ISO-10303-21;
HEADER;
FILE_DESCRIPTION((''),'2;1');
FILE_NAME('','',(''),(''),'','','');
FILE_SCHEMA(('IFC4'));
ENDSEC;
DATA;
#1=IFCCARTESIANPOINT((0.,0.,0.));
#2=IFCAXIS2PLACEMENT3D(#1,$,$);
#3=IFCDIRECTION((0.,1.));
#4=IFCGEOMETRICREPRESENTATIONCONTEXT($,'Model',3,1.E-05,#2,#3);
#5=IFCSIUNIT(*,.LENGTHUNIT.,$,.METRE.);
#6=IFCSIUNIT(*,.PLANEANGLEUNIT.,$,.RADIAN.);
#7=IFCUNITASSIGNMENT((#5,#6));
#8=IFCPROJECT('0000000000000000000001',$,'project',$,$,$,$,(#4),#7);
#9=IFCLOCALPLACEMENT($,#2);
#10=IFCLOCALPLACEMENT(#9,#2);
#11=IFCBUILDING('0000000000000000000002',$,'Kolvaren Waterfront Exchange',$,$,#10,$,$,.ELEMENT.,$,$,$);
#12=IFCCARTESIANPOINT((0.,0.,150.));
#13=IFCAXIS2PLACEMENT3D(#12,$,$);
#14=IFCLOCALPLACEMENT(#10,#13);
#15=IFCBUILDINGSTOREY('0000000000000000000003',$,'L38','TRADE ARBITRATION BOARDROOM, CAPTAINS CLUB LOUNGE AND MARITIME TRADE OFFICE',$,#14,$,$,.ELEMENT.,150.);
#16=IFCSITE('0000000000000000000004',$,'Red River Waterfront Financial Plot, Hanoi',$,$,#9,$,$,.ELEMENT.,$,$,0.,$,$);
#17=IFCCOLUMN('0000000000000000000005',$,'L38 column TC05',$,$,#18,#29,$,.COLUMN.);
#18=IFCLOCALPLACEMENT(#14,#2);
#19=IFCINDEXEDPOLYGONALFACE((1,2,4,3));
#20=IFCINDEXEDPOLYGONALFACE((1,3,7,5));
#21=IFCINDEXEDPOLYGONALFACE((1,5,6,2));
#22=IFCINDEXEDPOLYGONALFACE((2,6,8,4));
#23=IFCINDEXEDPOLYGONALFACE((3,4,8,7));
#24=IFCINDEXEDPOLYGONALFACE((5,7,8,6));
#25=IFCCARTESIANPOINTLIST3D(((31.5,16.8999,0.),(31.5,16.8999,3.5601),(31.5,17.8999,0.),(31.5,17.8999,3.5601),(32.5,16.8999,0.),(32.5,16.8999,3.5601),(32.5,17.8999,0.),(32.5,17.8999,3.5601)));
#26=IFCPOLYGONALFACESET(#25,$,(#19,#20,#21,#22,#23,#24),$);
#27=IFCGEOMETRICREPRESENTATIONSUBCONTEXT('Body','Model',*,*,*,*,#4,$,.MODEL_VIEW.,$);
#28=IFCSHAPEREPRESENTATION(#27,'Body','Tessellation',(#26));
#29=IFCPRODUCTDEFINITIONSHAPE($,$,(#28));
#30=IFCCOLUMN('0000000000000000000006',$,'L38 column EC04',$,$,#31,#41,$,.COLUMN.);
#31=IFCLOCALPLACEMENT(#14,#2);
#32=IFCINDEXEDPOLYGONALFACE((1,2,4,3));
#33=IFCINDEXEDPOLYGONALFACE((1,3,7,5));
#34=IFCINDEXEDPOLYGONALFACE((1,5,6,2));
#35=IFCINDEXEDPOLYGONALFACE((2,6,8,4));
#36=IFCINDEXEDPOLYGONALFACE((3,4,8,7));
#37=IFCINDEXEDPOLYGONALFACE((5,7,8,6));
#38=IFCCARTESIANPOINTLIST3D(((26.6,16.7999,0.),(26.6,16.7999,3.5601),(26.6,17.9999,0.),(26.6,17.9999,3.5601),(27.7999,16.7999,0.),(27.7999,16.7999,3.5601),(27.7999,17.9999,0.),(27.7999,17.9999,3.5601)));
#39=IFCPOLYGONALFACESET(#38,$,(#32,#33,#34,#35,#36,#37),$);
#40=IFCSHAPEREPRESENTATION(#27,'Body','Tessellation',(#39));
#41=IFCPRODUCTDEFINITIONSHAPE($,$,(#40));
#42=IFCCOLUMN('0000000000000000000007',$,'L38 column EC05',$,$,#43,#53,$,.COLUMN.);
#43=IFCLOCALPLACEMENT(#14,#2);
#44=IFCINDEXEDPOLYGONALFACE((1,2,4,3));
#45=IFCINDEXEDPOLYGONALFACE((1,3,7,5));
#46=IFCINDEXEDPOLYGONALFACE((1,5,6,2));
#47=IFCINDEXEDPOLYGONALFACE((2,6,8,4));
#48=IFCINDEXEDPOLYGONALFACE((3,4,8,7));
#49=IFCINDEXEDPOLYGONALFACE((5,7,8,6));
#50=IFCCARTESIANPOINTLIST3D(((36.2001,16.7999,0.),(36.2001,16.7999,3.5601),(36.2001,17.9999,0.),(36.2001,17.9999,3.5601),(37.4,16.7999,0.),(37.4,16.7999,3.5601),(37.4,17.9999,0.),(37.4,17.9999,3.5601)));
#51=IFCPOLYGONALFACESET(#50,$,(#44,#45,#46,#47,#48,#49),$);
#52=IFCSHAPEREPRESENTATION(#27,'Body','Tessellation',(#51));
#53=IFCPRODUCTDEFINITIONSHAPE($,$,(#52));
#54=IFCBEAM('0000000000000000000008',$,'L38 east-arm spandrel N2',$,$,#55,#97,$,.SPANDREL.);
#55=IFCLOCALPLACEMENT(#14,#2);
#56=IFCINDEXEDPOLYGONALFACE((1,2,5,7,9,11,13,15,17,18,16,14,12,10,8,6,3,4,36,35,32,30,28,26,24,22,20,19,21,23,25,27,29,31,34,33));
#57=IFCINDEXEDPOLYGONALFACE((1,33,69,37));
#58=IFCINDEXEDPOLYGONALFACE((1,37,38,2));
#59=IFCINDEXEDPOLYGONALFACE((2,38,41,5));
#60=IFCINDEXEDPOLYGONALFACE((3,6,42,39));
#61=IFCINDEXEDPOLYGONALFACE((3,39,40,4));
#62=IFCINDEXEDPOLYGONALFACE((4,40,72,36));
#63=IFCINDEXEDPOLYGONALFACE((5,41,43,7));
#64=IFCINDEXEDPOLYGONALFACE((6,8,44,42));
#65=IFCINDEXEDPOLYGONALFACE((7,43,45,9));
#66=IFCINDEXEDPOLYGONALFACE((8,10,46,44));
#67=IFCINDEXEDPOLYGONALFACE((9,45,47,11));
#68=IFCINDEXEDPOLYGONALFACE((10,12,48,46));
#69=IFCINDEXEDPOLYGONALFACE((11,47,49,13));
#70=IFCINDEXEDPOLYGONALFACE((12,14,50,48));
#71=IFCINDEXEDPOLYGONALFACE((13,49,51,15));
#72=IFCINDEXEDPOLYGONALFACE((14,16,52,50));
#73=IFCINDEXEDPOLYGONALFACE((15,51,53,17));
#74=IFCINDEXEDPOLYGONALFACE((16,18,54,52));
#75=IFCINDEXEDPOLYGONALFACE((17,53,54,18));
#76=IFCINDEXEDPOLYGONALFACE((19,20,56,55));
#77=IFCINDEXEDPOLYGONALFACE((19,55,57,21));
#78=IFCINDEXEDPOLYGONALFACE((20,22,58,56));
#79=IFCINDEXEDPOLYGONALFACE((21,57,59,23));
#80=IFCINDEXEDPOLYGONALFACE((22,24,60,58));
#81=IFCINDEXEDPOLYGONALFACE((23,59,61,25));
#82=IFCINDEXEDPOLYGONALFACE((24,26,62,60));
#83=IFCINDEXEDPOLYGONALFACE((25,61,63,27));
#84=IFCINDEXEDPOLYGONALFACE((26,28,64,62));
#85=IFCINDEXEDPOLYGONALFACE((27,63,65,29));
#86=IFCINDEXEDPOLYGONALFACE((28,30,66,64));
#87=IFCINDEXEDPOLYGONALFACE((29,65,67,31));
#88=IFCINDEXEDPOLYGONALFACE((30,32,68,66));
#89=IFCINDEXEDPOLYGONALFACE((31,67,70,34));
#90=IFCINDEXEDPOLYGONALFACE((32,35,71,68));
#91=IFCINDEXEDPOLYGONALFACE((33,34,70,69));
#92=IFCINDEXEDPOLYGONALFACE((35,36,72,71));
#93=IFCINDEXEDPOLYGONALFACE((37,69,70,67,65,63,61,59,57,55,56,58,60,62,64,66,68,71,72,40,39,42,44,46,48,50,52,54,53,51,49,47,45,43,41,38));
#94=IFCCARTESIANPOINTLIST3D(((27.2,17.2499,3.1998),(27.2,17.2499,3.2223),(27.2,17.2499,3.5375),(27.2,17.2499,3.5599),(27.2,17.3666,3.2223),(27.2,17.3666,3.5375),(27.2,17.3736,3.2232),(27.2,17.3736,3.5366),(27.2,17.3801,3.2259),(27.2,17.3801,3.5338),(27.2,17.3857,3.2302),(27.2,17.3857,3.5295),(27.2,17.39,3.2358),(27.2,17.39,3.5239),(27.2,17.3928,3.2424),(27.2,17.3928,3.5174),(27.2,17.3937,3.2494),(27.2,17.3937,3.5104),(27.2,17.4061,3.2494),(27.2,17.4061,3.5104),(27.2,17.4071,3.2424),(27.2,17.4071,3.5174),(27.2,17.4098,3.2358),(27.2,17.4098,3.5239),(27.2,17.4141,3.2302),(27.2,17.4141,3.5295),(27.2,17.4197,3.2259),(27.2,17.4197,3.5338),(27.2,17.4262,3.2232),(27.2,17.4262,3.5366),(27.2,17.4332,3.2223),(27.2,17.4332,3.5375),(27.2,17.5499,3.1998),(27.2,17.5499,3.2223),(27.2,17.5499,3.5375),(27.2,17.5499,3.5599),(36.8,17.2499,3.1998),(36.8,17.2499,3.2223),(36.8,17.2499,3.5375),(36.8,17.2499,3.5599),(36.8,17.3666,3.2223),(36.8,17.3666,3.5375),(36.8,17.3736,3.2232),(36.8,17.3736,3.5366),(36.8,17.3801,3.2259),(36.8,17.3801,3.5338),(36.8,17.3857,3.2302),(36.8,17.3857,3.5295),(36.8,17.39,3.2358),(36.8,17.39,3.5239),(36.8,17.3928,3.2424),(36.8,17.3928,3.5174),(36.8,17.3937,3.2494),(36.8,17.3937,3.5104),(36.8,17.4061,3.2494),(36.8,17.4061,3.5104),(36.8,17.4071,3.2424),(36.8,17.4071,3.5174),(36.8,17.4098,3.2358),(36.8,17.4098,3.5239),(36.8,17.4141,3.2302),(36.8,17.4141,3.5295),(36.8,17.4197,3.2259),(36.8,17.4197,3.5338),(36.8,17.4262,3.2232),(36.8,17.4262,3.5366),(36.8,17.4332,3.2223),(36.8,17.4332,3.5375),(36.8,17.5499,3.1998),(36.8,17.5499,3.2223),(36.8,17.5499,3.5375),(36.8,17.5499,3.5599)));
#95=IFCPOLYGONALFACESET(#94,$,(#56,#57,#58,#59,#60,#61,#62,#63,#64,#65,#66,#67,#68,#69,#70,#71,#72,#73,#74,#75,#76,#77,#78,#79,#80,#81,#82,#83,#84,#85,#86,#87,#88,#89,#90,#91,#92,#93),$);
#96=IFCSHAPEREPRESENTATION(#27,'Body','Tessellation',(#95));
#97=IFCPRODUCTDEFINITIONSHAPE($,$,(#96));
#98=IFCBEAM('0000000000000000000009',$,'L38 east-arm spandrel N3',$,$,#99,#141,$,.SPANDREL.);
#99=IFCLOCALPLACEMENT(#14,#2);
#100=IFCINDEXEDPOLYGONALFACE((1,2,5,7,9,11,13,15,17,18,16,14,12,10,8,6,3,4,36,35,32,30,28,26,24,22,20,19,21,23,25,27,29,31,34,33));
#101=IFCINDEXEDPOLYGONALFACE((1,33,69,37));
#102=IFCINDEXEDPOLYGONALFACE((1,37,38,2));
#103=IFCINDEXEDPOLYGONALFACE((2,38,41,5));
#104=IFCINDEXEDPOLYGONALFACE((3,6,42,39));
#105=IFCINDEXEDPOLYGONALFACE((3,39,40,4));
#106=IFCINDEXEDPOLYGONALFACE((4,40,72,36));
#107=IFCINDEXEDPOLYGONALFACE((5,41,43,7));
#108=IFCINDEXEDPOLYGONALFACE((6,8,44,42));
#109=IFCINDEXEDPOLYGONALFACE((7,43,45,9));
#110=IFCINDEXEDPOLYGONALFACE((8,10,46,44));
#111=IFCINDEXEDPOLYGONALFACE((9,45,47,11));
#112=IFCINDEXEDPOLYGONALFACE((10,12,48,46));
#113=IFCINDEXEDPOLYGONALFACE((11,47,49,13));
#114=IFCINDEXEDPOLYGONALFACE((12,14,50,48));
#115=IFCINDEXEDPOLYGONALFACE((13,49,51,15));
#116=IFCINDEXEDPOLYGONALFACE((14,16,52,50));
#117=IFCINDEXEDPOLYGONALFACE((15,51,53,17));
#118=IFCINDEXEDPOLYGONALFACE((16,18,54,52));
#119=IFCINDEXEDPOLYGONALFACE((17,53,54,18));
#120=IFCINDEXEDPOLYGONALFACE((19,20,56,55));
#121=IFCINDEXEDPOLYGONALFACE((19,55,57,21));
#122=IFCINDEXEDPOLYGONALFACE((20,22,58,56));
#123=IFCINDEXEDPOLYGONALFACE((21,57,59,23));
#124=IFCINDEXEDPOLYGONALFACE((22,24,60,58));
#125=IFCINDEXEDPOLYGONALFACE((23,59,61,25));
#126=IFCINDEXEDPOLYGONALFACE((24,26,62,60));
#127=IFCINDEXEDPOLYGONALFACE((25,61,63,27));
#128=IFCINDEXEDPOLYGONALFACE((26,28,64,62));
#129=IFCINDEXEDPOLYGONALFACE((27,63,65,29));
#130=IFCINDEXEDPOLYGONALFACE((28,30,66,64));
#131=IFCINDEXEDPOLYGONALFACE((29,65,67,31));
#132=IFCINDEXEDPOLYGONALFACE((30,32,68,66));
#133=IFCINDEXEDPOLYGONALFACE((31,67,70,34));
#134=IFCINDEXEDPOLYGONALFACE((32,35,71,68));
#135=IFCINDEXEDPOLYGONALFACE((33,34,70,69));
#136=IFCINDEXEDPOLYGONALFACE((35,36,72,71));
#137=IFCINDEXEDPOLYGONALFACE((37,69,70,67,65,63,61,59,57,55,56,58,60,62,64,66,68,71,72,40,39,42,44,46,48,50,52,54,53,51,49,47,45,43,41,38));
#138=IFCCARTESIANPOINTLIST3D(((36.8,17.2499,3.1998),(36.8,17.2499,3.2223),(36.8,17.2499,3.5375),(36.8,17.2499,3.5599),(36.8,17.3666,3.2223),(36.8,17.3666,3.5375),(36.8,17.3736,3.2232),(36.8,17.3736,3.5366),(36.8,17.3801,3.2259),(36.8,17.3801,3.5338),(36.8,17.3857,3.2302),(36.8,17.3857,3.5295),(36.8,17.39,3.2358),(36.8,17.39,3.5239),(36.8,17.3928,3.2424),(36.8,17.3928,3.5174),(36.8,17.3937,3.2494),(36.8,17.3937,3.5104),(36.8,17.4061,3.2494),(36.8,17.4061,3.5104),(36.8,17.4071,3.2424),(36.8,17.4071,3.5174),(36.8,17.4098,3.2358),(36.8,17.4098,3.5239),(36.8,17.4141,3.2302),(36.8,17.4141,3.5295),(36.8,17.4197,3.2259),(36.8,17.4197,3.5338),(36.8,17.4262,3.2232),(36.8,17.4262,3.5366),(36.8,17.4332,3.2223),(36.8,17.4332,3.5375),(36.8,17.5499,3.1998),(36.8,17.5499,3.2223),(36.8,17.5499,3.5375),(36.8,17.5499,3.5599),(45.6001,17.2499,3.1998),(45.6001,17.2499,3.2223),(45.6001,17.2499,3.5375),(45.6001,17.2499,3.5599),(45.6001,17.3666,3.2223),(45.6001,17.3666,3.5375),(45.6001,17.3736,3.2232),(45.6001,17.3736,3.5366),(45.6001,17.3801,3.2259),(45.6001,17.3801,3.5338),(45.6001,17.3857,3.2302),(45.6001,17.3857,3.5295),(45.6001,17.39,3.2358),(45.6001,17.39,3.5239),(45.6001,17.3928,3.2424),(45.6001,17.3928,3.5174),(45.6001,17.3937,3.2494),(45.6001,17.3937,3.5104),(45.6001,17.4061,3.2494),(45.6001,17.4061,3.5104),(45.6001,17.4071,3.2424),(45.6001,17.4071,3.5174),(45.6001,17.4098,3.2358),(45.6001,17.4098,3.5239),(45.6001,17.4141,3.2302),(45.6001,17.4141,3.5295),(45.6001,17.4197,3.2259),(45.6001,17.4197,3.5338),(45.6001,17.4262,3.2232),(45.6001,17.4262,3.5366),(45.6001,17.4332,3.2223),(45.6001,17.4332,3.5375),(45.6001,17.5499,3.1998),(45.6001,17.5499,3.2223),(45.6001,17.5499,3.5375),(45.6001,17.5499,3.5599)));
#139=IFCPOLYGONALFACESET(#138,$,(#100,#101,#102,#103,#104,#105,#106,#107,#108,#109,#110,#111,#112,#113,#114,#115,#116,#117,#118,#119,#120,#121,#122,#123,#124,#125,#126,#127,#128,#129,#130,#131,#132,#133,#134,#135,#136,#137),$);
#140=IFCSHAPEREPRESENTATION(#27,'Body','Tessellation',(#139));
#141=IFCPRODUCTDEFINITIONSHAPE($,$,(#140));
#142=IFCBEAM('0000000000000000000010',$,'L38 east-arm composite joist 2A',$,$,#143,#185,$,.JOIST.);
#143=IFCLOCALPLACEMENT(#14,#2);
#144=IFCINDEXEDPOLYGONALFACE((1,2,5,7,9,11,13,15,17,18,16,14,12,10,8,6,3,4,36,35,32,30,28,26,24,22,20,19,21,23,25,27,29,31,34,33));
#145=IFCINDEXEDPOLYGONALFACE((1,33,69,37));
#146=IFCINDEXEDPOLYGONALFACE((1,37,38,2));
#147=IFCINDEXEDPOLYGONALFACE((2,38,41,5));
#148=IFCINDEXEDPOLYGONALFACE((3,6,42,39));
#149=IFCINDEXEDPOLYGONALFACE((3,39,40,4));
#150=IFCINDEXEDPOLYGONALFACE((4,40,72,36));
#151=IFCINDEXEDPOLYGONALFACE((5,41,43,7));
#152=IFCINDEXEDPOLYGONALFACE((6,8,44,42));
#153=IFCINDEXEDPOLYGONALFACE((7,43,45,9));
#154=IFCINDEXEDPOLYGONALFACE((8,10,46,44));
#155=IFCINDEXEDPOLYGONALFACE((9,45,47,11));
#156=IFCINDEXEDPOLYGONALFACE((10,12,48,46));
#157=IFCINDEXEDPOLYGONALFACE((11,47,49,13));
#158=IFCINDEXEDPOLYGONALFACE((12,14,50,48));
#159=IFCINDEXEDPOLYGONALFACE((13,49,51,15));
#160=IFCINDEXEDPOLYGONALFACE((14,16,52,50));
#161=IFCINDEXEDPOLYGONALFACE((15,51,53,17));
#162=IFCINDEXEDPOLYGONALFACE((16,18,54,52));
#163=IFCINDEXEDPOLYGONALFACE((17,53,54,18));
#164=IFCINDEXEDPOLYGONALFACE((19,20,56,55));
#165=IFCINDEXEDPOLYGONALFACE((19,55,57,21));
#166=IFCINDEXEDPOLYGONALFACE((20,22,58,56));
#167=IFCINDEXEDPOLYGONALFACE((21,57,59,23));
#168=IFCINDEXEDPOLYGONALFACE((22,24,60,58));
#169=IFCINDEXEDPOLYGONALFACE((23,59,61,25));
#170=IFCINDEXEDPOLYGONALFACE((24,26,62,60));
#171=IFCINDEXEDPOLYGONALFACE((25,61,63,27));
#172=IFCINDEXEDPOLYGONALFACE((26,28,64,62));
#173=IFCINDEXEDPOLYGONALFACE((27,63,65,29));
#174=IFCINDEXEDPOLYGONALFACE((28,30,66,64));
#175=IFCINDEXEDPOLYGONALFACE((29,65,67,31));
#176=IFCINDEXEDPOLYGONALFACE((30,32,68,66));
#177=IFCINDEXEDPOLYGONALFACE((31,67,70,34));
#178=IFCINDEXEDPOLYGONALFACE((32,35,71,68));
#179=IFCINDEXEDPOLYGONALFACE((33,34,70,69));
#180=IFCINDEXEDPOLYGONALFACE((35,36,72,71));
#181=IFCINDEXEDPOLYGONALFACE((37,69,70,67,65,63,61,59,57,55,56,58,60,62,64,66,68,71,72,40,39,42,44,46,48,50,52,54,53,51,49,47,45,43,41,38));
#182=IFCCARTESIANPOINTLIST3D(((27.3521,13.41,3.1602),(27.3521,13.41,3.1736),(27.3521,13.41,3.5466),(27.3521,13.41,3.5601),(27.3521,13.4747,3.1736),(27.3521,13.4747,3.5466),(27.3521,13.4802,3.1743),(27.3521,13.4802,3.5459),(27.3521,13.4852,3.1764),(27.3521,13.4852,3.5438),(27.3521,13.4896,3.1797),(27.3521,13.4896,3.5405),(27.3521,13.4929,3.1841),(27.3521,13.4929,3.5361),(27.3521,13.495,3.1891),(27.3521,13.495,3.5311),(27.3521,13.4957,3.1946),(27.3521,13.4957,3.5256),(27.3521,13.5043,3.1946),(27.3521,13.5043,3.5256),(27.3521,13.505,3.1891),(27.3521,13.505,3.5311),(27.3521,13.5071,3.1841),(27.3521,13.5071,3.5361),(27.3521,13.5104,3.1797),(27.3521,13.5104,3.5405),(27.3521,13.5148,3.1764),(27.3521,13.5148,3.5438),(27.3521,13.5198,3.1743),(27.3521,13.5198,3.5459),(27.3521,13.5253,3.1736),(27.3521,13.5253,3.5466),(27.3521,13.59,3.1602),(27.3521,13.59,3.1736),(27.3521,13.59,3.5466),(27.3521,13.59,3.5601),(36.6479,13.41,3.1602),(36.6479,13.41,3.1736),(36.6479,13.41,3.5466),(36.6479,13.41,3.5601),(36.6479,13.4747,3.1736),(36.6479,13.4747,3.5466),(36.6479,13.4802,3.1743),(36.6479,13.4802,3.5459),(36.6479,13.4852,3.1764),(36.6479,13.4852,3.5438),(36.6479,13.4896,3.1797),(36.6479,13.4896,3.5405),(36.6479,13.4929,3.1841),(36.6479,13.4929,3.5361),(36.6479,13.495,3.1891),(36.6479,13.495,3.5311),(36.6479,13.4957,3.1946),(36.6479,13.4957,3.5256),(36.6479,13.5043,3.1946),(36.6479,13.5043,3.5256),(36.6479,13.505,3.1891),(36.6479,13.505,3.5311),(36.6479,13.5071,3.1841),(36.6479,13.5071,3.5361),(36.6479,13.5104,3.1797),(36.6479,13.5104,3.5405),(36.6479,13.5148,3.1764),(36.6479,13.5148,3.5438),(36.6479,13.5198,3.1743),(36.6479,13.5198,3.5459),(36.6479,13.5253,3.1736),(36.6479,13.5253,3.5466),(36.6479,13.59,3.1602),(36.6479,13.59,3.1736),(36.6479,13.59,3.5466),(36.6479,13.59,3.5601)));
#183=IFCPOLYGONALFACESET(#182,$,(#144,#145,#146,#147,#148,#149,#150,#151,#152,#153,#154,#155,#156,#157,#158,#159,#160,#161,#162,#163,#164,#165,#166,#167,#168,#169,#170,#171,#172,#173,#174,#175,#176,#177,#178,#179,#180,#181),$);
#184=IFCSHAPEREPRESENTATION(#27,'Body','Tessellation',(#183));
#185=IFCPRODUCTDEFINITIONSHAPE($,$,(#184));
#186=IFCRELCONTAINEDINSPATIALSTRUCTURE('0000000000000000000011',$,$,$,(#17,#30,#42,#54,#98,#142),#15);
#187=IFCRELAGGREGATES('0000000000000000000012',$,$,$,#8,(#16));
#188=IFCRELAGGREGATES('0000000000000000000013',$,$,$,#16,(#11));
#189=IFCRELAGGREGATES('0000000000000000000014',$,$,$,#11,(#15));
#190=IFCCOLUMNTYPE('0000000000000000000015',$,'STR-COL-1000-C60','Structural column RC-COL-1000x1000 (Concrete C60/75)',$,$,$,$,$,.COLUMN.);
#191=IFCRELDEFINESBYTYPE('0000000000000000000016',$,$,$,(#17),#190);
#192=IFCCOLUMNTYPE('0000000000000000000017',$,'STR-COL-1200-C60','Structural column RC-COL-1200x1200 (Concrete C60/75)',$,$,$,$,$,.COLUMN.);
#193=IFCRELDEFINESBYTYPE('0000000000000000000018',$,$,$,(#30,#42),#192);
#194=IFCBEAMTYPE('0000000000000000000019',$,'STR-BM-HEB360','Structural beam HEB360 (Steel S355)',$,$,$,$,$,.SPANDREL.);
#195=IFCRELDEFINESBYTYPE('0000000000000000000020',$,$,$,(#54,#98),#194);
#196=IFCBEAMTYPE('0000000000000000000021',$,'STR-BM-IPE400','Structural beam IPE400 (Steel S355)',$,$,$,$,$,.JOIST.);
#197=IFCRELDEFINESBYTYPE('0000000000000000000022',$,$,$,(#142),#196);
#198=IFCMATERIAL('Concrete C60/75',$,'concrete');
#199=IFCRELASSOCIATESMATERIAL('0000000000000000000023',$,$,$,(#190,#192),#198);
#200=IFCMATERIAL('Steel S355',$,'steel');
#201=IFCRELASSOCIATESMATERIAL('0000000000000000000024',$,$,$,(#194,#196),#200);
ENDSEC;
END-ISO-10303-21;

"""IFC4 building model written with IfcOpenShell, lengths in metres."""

from ifc_helpers import new_model, si_unit, direction, frame, origin, origin_2d, place, context, subcontext, project, spatial, rectangle, i_section, extrude, material, material_profile, profile_set, type_object, element, save


model = new_model("IFC4")

# Units and contexts
model_context = context("Model", 3, precision=1e-05, world=origin(), true_north=direction((0.0, 1.0)))
body_context = subcontext(model_context, "Body", "Model", "MODEL_VIEW")
ifc_project = project(units=[si_unit("LENGTHUNIT", "METRE"), si_unit("PLANEANGLEUNIT", "RADIAN")], contexts=[model_context])

# Site, building, storey
site_placement = place(None, origin())
site = spatial("IfcSite", under=ifc_project, at=site_placement, Name="Red River Waterfront Financial Plot, Hanoi", CompositionType="ELEMENT", RefElevation=0.0)
building_placement = place(site_placement, origin())
building = spatial("IfcBuilding", under=site, at=building_placement, Name="Kolvaren Waterfront Exchange", CompositionType="ELEMENT")
storey_placement = place(building_placement, frame((0.0, 0.0, 150.0)))
storey = spatial("IfcBuildingStorey", under=building, at=storey_placement, Name="L38", Description="TRADE ARBITRATION BOARDROOM, CAPTAINS CLUB LOUNGE AND MARITIME TRADE OFFICE", CompositionType="ELEMENT", Elevation=150.0)

# Columns
ifc_material_1 = material(Name="Concrete C60/75", Category="concrete")
ifc_material_profile_1 = material_profile(ifc_material_1, rectangle(XDim=1.0, YDim=1.0, at=origin_2d()), Name="RC-COL-1000x1000")
ifc_profile_set_1 = profile_set([ifc_material_profile_1], Name="Concrete C60/75")
column_type_1 = type_object("IfcColumnType", Name="STR-COL-1000-C60", Description="Structural column RC-COL-1000x1000 (Concrete C60/75)", PredefinedType="COLUMN", material=ifc_profile_set_1)
column_placement = place(storey_placement, frame((32.0, 17.3999, 0.0), z_axis=(0.0, 0.0, 1.0), x_axis=(1.0, 0.0, 0.0)))
element("IfcColumn", 1, at=column_placement, inside=storey, type_object=column_type_1, Name="L38 column TC05", PredefinedType="COLUMN", context=body_context, shape_type="SweptSolid", body=[
    extrude(rectangle(XDim=1.0, YDim=1.0, at=origin_2d()), origin(), (0.0, 0.0, 1.0), 3.5601),
])
ifc_material_profile_2 = material_profile(ifc_material_1, rectangle(XDim=1.2, YDim=1.2, at=origin_2d()), Name="RC-COL-1200x1200")
ifc_profile_set_2 = profile_set([ifc_material_profile_2], Name="Concrete C60/75")
column_type_2 = type_object("IfcColumnType", Name="STR-COL-1200-C60", Description="Structural column RC-COL-1200x1200 (Concrete C60/75)", PredefinedType="COLUMN", material=ifc_profile_set_2)
for number, where, z_axis, x_axis, name in (
    (2, (27.2, 17.3999, 0.0), (0.0, 0.0, 1.0), (1.0, 0.0, 0.0), "L38 column EC04"),
    (3, (36.8, 17.3999, 0.0), (0.0, 0.0, 1.0), (1.0, 0.0, 0.0), "L38 column EC05"),
):
    element("IfcColumn", number, at=place(storey_placement, frame(where, z_axis=z_axis, x_axis=x_axis)), inside=storey, type_object=column_type_2, Name=name, PredefinedType="COLUMN", context=body_context, shape_type="SweptSolid", body=[
        extrude(rectangle(XDim=1.2, YDim=1.2, at=origin_2d()), origin(), (0.0, 0.0, 1.0), 3.5601),
    ])

# Beams
ifc_material_2 = material(Name="Steel S355", Category="steel")
ifc_material_profile_3 = material_profile(ifc_material_2, i_section(OverallWidth=0.3, OverallDepth=0.3601, WebThickness=0.0125, FlangeThickness=0.0225, FilletRadius=0.0271, at=origin_2d()), Name="HEB360")
ifc_profile_set_3 = profile_set([ifc_material_profile_3], Name="Steel S355")
beam_type_1 = type_object("IfcBeamType", Name="STR-BM-HEB360", Description="Structural beam HEB360 (Steel S355)", PredefinedType="SPANDREL", material=ifc_profile_set_3)
beam_1_placement = place(storey_placement, frame((27.2, 17.3999, 3.3799), z_axis=(1.0, 0.0, 0.0), x_axis=(0.0, 1.0, 0.0)))
element("IfcBeam", 4, at=beam_1_placement, inside=storey, type_object=beam_type_1, Name="L38 east-arm spandrel N2", PredefinedType="SPANDREL", context=body_context, shape_type="SweptSolid", body=[
    extrude(i_section(OverallWidth=0.3, OverallDepth=0.3601, WebThickness=0.0125, FlangeThickness=0.0225, FilletRadius=0.0271, at=origin_2d()), origin(), (0.0, 0.0, 1.0), 9.6001),
])
beam_2_placement = place(storey_placement, frame((36.8, 17.3999, 3.3799), z_axis=(1.0, 0.0, 0.0), x_axis=(0.0, 1.0, 0.0)))
element("IfcBeam", 5, at=beam_2_placement, inside=storey, type_object=beam_type_1, Name="L38 east-arm spandrel N3", PredefinedType="SPANDREL", context=body_context, shape_type="SweptSolid", body=[
    extrude(i_section(OverallWidth=0.3, OverallDepth=0.3601, WebThickness=0.0125, FlangeThickness=0.0225, FilletRadius=0.0271, at=origin_2d()), origin(), (0.0, 0.0, 1.0), 8.8),
])
ifc_material_profile_4 = material_profile(ifc_material_2, i_section(OverallWidth=0.1799, OverallDepth=0.3999, WebThickness=0.0085, FlangeThickness=0.0134, FilletRadius=0.021, at=origin_2d()), Name="IPE400")
ifc_profile_set_4 = profile_set([ifc_material_profile_4], Name="Steel S355")
beam_type_2 = type_object("IfcBeamType", Name="STR-BM-IPE400", Description="Structural beam IPE400 (Steel S355)", PredefinedType="JOIST", material=ifc_profile_set_4)
for number, where, z_axis, x_axis, name in (
    (6, (27.3521, 13.5, 3.3601), (1.0, 0.0, 0.0), (0.0, 1.0, 0.0), "L38 east-arm composite joist 2A"),
):
    element("IfcBeam", number, at=place(storey_placement, frame(where, z_axis=z_axis, x_axis=x_axis)), inside=storey, type_object=beam_type_2, Name=name, PredefinedType="JOIST", context=body_context, shape_type="SweptSolid", body=[
        extrude(i_section(OverallWidth=0.1799, OverallDepth=0.3999, WebThickness=0.0085, FlangeThickness=0.0134, FilletRadius=0.021, at=origin_2d()), origin(), (0.0, 0.0, 1.0), 9.2959),
    ])

save(model, "model.ifc")
